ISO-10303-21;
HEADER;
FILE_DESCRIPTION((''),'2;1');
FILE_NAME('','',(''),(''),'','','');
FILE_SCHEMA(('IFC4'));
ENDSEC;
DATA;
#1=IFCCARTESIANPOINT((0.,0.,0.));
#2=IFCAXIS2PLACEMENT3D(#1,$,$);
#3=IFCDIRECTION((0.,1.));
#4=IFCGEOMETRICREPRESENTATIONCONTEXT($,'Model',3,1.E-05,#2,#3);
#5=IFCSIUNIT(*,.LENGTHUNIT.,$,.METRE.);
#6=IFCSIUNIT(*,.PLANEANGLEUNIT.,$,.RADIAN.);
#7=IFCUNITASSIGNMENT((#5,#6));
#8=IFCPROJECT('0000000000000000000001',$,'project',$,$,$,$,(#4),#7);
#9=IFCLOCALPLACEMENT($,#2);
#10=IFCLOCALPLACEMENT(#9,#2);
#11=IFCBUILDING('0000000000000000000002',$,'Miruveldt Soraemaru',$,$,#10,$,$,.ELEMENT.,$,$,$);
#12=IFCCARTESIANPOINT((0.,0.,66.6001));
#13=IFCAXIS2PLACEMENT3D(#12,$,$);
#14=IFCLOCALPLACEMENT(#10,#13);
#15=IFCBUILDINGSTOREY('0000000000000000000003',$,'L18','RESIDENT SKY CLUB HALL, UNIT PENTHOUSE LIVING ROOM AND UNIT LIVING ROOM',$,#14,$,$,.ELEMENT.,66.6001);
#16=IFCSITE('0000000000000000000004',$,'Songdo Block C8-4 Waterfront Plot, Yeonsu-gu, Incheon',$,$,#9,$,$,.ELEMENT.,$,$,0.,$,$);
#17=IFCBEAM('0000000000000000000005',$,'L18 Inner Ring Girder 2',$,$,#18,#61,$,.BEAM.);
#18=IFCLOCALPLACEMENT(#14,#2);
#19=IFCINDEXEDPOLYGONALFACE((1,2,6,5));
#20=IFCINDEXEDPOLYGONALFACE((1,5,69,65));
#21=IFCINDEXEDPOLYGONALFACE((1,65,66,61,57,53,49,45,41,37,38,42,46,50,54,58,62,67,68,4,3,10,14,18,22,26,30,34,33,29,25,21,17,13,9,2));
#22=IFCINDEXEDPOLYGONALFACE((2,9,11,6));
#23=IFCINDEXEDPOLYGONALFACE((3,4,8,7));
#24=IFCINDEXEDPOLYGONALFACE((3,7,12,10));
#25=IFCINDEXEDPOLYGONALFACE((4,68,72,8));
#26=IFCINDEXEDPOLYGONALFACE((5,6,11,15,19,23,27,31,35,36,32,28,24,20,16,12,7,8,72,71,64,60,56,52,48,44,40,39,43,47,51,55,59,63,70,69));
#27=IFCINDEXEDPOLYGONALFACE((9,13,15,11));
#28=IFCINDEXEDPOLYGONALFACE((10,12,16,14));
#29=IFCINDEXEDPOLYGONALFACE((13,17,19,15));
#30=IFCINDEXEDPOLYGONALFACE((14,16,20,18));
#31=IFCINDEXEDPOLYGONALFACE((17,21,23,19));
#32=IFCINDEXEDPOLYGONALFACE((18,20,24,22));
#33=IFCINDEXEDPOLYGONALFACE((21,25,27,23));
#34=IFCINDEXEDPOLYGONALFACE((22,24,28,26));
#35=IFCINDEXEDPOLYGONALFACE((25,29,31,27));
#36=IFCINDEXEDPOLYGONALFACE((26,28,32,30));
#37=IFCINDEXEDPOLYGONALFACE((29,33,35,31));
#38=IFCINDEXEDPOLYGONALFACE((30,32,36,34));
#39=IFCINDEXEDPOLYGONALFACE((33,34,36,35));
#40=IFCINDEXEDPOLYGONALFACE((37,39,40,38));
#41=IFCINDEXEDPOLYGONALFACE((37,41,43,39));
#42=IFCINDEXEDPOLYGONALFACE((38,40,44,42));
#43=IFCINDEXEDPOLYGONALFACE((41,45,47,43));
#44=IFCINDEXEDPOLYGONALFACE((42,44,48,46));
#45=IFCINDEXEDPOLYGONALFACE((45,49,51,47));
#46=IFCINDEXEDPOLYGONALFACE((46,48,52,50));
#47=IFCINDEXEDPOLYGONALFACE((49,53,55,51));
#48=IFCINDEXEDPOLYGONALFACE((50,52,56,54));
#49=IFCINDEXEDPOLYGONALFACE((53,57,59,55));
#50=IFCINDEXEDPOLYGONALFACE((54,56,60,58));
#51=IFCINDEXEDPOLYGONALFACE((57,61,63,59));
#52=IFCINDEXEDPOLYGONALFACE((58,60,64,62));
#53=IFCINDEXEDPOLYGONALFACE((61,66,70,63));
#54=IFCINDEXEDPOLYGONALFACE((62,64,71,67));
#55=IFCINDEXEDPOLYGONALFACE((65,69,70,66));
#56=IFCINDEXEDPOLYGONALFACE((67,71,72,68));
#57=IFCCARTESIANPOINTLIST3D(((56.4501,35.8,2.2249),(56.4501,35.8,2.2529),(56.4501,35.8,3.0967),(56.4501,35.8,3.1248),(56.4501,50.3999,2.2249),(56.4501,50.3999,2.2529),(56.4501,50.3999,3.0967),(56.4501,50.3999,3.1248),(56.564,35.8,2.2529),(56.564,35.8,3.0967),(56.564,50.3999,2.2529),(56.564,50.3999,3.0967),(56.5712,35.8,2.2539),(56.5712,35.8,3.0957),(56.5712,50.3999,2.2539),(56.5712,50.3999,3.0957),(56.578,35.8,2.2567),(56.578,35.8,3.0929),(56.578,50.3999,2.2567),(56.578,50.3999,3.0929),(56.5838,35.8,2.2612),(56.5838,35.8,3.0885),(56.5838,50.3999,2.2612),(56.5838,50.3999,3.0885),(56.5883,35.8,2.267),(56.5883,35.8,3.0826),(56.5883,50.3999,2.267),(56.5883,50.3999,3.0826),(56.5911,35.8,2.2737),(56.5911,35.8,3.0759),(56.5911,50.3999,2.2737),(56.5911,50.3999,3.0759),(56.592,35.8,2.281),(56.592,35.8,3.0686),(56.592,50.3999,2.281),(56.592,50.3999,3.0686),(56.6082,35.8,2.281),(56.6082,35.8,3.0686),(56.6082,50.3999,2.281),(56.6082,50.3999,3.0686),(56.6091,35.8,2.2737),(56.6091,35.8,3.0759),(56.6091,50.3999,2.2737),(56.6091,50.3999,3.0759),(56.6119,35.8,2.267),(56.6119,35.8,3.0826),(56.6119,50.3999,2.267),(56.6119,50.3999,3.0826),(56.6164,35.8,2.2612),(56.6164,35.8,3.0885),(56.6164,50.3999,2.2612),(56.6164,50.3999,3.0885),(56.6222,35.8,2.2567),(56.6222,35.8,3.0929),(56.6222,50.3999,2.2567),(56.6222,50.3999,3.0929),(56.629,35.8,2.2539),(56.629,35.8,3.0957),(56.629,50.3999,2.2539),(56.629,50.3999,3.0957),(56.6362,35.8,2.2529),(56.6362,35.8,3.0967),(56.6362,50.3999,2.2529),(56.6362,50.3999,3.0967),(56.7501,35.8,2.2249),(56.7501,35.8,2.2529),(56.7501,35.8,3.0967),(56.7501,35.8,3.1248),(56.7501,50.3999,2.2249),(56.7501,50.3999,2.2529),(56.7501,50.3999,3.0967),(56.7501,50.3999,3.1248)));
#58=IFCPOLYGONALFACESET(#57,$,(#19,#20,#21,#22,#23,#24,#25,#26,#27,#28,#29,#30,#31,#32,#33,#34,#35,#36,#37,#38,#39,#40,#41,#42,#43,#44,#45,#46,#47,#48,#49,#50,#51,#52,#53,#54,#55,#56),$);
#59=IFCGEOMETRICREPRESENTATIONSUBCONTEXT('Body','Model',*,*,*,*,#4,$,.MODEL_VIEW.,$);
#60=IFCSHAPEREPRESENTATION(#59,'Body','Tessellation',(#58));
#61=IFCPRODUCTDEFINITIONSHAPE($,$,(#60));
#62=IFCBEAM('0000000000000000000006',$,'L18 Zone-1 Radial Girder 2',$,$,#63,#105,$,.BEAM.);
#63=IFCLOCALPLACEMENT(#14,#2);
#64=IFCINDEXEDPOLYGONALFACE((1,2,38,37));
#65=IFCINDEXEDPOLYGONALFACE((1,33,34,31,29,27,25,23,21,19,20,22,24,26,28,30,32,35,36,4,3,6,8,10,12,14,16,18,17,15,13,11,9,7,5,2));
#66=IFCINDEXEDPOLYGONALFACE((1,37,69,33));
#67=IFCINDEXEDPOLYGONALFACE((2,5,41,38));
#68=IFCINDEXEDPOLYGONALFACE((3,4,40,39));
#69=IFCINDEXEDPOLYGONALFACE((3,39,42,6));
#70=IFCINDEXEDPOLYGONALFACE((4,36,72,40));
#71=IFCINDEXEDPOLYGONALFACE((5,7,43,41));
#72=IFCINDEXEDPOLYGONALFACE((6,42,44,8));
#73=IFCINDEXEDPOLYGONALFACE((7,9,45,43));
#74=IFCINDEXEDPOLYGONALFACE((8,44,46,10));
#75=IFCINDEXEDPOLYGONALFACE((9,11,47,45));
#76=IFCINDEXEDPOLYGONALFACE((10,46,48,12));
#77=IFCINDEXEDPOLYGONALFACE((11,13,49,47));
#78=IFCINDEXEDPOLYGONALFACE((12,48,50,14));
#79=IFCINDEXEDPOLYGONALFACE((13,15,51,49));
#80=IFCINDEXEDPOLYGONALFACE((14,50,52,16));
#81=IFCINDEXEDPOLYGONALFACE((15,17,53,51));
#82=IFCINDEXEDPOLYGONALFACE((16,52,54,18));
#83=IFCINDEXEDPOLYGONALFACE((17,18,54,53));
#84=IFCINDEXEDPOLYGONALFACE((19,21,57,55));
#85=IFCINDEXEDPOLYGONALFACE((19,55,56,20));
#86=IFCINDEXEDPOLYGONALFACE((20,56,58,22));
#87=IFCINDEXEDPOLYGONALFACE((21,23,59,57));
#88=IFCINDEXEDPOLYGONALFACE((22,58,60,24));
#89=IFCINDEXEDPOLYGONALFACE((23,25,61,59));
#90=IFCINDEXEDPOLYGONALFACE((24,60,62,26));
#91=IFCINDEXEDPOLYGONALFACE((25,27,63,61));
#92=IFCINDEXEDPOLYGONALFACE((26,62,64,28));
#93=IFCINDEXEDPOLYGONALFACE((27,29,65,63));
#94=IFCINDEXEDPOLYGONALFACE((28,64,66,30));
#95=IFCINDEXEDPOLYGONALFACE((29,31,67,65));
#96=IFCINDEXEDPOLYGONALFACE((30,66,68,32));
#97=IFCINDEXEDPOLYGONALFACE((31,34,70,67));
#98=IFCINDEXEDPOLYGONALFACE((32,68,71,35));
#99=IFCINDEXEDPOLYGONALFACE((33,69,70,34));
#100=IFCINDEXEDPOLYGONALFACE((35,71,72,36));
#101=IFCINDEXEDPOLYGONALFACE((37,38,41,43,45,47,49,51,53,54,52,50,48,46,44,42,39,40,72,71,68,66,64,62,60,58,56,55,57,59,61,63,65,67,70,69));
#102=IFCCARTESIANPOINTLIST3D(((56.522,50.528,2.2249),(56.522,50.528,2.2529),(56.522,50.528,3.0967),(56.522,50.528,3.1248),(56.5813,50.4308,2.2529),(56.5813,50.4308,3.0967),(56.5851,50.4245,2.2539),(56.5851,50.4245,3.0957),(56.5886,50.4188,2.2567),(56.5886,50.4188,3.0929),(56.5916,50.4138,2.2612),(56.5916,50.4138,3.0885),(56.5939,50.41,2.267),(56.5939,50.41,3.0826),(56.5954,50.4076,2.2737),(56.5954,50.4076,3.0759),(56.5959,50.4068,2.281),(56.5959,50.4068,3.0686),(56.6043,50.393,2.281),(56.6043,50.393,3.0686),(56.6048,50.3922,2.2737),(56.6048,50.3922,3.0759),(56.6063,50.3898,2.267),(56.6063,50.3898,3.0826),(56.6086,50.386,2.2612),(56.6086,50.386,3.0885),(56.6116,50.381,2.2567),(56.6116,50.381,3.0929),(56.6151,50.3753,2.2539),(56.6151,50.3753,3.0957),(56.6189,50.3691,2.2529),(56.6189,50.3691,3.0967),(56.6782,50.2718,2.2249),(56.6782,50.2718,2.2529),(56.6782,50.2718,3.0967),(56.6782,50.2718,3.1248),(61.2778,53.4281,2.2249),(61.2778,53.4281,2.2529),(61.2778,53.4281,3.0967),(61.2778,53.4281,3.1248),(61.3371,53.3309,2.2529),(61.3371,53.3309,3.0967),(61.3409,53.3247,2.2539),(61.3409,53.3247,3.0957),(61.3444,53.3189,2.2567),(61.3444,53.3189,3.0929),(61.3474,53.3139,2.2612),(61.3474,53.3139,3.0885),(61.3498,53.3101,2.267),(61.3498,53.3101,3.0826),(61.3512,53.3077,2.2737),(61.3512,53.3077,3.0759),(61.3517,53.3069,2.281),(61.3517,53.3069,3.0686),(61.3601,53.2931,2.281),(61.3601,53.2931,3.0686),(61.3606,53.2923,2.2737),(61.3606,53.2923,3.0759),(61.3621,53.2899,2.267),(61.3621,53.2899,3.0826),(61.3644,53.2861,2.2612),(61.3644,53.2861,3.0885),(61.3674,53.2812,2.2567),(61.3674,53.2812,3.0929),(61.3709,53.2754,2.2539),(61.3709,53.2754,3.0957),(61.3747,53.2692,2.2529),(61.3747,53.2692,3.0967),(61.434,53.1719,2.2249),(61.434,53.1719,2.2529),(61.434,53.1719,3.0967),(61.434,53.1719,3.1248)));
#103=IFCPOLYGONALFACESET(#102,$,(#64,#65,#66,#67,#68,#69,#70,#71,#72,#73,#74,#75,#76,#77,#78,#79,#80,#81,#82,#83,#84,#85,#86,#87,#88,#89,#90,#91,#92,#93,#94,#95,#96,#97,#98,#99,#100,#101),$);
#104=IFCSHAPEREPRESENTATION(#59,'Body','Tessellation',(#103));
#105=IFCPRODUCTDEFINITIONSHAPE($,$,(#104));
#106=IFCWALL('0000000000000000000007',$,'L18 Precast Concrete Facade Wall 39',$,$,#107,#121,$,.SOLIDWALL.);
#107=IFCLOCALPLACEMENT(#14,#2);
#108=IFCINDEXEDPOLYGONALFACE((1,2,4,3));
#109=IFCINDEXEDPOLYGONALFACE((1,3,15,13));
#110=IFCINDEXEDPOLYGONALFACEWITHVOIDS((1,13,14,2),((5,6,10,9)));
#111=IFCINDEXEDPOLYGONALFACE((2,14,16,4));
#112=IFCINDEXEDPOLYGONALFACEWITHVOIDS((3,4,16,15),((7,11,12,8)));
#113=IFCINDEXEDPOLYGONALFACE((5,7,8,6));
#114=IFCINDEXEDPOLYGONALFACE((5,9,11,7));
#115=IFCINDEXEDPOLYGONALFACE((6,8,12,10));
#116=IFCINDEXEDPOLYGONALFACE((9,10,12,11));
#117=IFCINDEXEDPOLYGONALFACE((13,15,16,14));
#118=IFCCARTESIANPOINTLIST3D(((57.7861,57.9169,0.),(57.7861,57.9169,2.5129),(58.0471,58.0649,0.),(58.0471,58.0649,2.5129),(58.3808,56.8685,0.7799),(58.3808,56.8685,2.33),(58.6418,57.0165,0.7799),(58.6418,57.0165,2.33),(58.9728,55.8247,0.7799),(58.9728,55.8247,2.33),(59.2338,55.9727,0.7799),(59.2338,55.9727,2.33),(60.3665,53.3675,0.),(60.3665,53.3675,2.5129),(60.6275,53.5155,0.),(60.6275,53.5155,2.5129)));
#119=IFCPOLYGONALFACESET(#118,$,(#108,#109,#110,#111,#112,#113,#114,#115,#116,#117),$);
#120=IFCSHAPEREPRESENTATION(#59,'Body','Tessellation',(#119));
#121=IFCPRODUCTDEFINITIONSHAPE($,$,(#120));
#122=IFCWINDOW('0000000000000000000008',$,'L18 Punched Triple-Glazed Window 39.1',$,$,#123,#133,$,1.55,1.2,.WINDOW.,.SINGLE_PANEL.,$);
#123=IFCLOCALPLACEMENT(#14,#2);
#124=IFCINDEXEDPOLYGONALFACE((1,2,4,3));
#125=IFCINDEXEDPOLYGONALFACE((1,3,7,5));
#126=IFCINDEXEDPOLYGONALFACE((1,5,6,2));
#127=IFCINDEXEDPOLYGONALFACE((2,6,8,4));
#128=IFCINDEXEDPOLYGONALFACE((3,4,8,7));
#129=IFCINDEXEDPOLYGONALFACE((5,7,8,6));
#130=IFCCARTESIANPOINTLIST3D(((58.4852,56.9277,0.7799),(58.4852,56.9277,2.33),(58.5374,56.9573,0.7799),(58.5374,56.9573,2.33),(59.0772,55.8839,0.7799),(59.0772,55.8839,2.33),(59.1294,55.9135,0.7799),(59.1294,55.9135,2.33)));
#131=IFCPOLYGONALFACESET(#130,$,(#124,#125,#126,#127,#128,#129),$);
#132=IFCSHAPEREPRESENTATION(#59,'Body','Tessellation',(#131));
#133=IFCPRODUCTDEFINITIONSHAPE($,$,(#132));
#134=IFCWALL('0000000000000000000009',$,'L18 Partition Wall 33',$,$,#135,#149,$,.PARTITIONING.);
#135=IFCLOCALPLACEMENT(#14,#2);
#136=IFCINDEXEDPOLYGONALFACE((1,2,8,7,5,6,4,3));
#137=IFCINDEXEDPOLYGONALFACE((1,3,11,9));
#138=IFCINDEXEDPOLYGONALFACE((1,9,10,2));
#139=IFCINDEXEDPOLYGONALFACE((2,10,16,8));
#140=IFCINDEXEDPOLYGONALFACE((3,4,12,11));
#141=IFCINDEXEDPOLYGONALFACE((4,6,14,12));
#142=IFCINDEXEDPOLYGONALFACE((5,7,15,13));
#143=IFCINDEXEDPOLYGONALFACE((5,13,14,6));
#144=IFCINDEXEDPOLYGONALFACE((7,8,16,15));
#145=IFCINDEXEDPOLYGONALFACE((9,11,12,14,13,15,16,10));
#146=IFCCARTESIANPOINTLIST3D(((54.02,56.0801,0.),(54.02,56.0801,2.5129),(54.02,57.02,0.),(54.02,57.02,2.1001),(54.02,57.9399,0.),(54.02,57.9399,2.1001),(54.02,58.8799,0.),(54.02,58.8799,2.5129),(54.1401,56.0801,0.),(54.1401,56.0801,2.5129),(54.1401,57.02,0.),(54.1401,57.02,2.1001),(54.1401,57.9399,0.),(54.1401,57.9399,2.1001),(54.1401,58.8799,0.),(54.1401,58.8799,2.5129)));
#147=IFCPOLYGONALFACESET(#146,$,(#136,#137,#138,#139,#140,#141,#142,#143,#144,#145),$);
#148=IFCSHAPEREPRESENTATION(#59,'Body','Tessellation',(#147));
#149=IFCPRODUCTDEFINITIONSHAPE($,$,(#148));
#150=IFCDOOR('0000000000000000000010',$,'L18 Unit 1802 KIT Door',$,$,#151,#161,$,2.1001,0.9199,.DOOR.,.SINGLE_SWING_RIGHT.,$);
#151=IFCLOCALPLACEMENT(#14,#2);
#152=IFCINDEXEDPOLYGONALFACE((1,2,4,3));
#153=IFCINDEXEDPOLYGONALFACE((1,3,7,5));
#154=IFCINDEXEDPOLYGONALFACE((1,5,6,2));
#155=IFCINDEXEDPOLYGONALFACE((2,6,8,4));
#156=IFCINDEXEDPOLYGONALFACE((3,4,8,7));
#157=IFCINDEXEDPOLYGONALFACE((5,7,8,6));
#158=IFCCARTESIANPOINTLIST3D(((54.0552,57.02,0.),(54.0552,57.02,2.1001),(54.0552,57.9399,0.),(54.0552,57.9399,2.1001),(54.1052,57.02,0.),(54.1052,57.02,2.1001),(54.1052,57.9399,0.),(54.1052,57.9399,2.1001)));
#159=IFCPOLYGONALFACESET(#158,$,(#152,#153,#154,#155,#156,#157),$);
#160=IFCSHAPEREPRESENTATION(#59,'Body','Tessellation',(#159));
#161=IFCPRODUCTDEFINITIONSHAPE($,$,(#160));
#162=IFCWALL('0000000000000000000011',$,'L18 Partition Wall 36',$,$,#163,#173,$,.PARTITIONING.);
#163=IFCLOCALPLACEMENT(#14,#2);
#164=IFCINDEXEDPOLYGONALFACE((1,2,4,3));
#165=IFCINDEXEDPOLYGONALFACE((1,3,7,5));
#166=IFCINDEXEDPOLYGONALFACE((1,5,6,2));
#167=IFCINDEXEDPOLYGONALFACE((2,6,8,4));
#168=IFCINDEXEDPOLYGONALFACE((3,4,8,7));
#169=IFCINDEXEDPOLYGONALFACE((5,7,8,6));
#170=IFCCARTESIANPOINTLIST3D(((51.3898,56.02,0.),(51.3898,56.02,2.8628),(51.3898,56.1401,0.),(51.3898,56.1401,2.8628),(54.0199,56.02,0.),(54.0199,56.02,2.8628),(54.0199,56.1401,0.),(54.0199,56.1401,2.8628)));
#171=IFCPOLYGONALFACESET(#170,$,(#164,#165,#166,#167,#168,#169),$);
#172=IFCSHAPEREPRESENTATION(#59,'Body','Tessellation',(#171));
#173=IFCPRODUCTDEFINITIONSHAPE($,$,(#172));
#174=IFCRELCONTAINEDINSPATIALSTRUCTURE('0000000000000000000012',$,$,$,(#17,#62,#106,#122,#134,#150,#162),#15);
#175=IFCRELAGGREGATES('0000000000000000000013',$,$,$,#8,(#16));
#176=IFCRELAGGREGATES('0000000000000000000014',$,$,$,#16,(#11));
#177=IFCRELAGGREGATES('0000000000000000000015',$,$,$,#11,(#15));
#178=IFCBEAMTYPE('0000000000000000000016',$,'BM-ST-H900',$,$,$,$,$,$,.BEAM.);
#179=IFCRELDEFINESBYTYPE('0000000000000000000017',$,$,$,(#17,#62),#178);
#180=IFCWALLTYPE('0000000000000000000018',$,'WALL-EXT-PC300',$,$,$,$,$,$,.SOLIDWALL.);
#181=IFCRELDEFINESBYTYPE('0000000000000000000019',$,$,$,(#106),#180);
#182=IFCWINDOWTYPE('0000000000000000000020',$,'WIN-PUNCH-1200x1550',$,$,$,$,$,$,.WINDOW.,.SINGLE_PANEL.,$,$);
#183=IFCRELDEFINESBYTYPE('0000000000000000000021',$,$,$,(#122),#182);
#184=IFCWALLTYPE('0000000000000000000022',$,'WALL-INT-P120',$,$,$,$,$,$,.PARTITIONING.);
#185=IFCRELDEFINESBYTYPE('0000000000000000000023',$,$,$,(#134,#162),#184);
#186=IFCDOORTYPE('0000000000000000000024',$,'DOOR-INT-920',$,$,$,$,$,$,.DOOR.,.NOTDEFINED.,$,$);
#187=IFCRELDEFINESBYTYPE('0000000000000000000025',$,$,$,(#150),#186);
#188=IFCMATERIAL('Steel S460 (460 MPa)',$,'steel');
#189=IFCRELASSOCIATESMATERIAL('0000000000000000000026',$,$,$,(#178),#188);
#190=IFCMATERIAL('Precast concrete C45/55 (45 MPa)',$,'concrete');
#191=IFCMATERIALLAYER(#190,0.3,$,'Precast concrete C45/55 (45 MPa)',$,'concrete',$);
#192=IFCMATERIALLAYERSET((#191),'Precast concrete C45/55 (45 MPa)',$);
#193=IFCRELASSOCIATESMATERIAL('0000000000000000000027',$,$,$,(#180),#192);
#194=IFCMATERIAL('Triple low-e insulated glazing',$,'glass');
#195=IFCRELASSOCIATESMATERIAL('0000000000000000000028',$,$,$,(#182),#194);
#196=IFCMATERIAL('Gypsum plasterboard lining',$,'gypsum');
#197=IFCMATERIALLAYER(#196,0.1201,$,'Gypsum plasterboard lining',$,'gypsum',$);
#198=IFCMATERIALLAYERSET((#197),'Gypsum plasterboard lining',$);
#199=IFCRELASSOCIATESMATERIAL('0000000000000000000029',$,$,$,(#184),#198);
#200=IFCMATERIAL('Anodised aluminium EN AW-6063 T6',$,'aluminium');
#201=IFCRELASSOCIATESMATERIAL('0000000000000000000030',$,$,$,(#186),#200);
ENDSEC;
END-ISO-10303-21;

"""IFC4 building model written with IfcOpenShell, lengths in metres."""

from ifc_helpers import new_model, si_unit, direction, frame, frame_2d, origin, origin_2d, place, context, subcontext, project, spatial, rectangle, i_section, extrude, material, layer, layer_set, material_profile, profile_set, type_object, element, fill, save


model = new_model("IFC4")

# Units and contexts
model_context = context("Model", 3, precision=1e-05, world=origin(), true_north=direction((0.0, 1.0)))
body_context = subcontext(model_context, "Body", "Model", "MODEL_VIEW")
ifc_project = project(units=[si_unit("LENGTHUNIT", "METRE"), si_unit("PLANEANGLEUNIT", "RADIAN")], contexts=[model_context])

# Site, building, storey
site_placement = place(None, origin())
site = spatial("IfcSite", under=ifc_project, at=site_placement, Name="Songdo Block C8-4 Waterfront Plot, Yeonsu-gu, Incheon", CompositionType="ELEMENT", RefElevation=0.0)
building_placement = place(site_placement, origin())
building = spatial("IfcBuilding", under=site, at=building_placement, Name="Miruveldt Soraemaru", CompositionType="ELEMENT")
storey_placement = place(building_placement, frame((0.0, 0.0, 66.6001)))
storey = spatial("IfcBuildingStorey", under=building, at=storey_placement, Name="L18", Description="RESIDENT SKY CLUB HALL, UNIT PENTHOUSE LIVING ROOM AND UNIT LIVING ROOM", CompositionType="ELEMENT", Elevation=66.6001)

# Beams
ifc_material_1 = material(Name="Steel S460 (460 MPa)", Category="steel")
ifc_material_profile_1 = material_profile(ifc_material_1, i_section(OverallWidth=0.3, OverallDepth=0.8999, WebThickness=0.0161, FlangeThickness=0.0281, FilletRadius=0.0281, at=origin_2d()), Name="Steel S460 (460 MPa)", Category="steel")
ifc_profile_set_1 = profile_set([ifc_material_profile_1], Name="Steel S460 (460 MPa)")
beam_type_1 = type_object("IfcBeamType", Name="BM-ST-H900", PredefinedType="BEAM", material=ifc_profile_set_1)
beam_1_placement = place(storey_placement, frame((56.6001, 50.3999, 2.6748), z_axis=(0.0, -1.0, 0.0), x_axis=(1.0, 0.0, 0.0)))
element("IfcBeam", 1, at=beam_1_placement, inside=storey, type_object=beam_type_1, Name="L18 Inner Ring Girder 2", PredefinedType="BEAM", context=body_context, shape_type="SweptSolid", body=[
    extrude(i_section(OverallWidth=0.3, OverallDepth=0.8999, WebThickness=0.0161, FlangeThickness=0.0281, FilletRadius=0.0281, at=origin_2d()), origin(), (0.0, 0.0, 1.0), 14.5999),
])
beam_2_placement = place(storey_placement, frame((56.6001, 50.3999, 2.6748), z_axis=(0.853778, 0.520638, 0.0), x_axis=(-0.520638, 0.853778, 0.0)))
element("IfcBeam", 2, at=beam_2_placement, inside=storey, type_object=beam_type_1, Name="L18 Zone-1 Radial Girder 2", PredefinedType="BEAM", context=body_context, shape_type="SweptSolid", body=[
    extrude(i_section(OverallWidth=0.3, OverallDepth=0.8999, WebThickness=0.0161, FlangeThickness=0.0281, FilletRadius=0.0281, at=origin_2d()), origin(), (0.0, 0.0, 1.0), 5.5703),
])

# Wall, opening, window
ifc_material_2 = material(Name="Precast concrete C45/55 (45 MPa)", Category="concrete")
ifc_layer_1 = layer(ifc_material_2, 0.3, Name="Precast concrete C45/55 (45 MPa)", Category="concrete")
ifc_layer_set_1 = layer_set([ifc_layer_1], Name="Precast concrete C45/55 (45 MPa)")
wall_type_1 = type_object("IfcWallType", Name="WALL-EXT-PC300", PredefinedType="SOLIDWALL", material=ifc_layer_set_1)
wall_1_placement = place(storey_placement, frame((60.4971, 53.4414, 0.0), z_axis=(0.0, 0.0, 1.0), x_axis=(-0.493356, 0.869827, 0.0)))
wall_1 = element("IfcWall", 3, at=wall_1_placement, inside=storey, type_object=wall_type_1, Name="L18 Precast Concrete Facade Wall 39", PredefinedType="SOLIDWALL", context=body_context, shape_type="SweptSolid", body=[
    extrude(rectangle(XDim=5.2302, YDim=0.3, at=frame_2d((2.6152, 0.0))), origin(), (0.0, 0.0, 1.0), 2.5129),
])
opening_1_placement = place(wall_1_placement, frame((2.825, 0.0, 0.78)))
opening_1 = element("IfcOpeningElement", 4, at=opening_1_placement, cuts=wall_1, PredefinedType="OPENING", context=body_context, shape_type="SweptSolid", body=[
    extrude(rectangle(XDim=1.2, YDim=1.55, at=frame_2d((0.6001, 0.7749))), frame((0.0, 0.1602, 0.0), z_axis=(0.0, -1.0, 0.0), x_axis=(1.0, 0.0, 0.0)), (0.0, 0.0, 1.0), 0.3201),
])
ifc_material_3 = material(Name="Triple low-e insulated glazing", Category="glass")
window_type = type_object("IfcWindowType", Name="WIN-PUNCH-1200x1550", PartitioningType="SINGLE_PANEL", PredefinedType="WINDOW", material=ifc_material_3)
window_placement = place(opening_1_placement, origin())
window = element("IfcWindow", 5, at=window_placement, inside=storey, type_object=window_type, Name="L18 Punched Triple-Glazed Window 39.1", OverallHeight=1.55, OverallWidth=1.2, PartitioningType="SINGLE_PANEL", PredefinedType="WINDOW", context=body_context, shape_type="SweptSolid", body=[
    extrude(rectangle(XDim=1.2, YDim=1.55, at=frame_2d((0.6001, 0.7749))), frame((0.0, 0.03, 0.0), z_axis=(0.0, -1.0, 0.0), x_axis=(1.0, 0.0, 0.0)), (0.0, 0.0, 1.0), 0.0601),
])
fill(opening_1, window)

# Wall, opening, door
ifc_material_4 = material(Name="Gypsum plasterboard lining", Category="gypsum")
ifc_layer_2 = layer(ifc_material_4, 0.1201, Name="Gypsum plasterboard lining", Category="gypsum")
ifc_layer_set_2 = layer_set([ifc_layer_2], Name="Gypsum plasterboard lining")
wall_type_2 = type_object("IfcWallType", Name="WALL-INT-P120", PredefinedType="PARTITIONING", material=ifc_layer_set_2)
wall_2_placement = place(storey_placement, frame((54.0801, 56.0801, 0.0), z_axis=(0.0, 0.0, 1.0), x_axis=(0.0, 1.0, 0.0)))
wall_2 = element("IfcWall", 6, at=wall_2_placement, inside=storey, type_object=wall_type_2, Name="L18 Partition Wall 33", PredefinedType="PARTITIONING", context=body_context, shape_type="SweptSolid", body=[
    extrude(rectangle(XDim=2.7998, YDim=0.1201, at=frame_2d((1.3999, 0.0))), origin(), (0.0, 0.0, 1.0), 2.5129),
])
opening_2_placement = place(wall_2_placement, frame((0.9399, 0.0, 0.0)))
opening_2 = element("IfcOpeningElement", 7, at=opening_2_placement, cuts=wall_2, PredefinedType="OPENING", context=body_context, shape_type="SweptSolid", body=[
    extrude(rectangle(XDim=0.9199, YDim=2.1001, at=frame_2d((0.46, 1.05))), frame((0.0, 0.0701, 0.0), z_axis=(0.0, -1.0, 0.0), x_axis=(1.0, 0.0, 0.0)), (0.0, 0.0, 1.0), 0.1401),
])
ifc_material_5 = material(Name="Anodised aluminium EN AW-6063 T6", Category="aluminium")
door_type_1 = type_object("IfcDoorType", Name="DOOR-INT-920", OperationType="NOTDEFINED", PredefinedType="DOOR", material=ifc_material_5)
door_1_placement = place(opening_2_placement, origin())
door_1 = element("IfcDoor", 8, at=door_1_placement, inside=storey, type_object=door_type_1, Name="L18 Unit 1802 KIT Door", OperationType="SINGLE_SWING_RIGHT", OverallHeight=2.1001, OverallWidth=0.9199, PredefinedType="DOOR", context=body_context, shape_type="SweptSolid", body=[
    extrude(rectangle(XDim=0.9199, YDim=2.1001, at=frame_2d((0.46, 1.05))), frame((0.0, 0.0249, 0.0), z_axis=(0.0, -1.0, 0.0), x_axis=(1.0, 0.0, 0.0)), (0.0, 0.0, 1.0), 0.05),
])
fill(opening_2, door_1)

# Wall
wall_3_placement = place(storey_placement, frame((51.3899, 56.0801, 0.0), z_axis=(0.0, 0.0, 1.0), x_axis=(1.0, 0.0, 0.0)))
element("IfcWall", 9, at=wall_3_placement, inside=storey, type_object=wall_type_2, Name="L18 Partition Wall 36", PredefinedType="PARTITIONING", context=body_context, shape_type="SweptSolid", body=[
    extrude(rectangle(XDim=2.6301, YDim=0.1201, at=frame_2d((1.3149, 0.0))), origin(), (0.0, 0.0, 1.0), 2.8628),
])

save(model, "model.ifc")
